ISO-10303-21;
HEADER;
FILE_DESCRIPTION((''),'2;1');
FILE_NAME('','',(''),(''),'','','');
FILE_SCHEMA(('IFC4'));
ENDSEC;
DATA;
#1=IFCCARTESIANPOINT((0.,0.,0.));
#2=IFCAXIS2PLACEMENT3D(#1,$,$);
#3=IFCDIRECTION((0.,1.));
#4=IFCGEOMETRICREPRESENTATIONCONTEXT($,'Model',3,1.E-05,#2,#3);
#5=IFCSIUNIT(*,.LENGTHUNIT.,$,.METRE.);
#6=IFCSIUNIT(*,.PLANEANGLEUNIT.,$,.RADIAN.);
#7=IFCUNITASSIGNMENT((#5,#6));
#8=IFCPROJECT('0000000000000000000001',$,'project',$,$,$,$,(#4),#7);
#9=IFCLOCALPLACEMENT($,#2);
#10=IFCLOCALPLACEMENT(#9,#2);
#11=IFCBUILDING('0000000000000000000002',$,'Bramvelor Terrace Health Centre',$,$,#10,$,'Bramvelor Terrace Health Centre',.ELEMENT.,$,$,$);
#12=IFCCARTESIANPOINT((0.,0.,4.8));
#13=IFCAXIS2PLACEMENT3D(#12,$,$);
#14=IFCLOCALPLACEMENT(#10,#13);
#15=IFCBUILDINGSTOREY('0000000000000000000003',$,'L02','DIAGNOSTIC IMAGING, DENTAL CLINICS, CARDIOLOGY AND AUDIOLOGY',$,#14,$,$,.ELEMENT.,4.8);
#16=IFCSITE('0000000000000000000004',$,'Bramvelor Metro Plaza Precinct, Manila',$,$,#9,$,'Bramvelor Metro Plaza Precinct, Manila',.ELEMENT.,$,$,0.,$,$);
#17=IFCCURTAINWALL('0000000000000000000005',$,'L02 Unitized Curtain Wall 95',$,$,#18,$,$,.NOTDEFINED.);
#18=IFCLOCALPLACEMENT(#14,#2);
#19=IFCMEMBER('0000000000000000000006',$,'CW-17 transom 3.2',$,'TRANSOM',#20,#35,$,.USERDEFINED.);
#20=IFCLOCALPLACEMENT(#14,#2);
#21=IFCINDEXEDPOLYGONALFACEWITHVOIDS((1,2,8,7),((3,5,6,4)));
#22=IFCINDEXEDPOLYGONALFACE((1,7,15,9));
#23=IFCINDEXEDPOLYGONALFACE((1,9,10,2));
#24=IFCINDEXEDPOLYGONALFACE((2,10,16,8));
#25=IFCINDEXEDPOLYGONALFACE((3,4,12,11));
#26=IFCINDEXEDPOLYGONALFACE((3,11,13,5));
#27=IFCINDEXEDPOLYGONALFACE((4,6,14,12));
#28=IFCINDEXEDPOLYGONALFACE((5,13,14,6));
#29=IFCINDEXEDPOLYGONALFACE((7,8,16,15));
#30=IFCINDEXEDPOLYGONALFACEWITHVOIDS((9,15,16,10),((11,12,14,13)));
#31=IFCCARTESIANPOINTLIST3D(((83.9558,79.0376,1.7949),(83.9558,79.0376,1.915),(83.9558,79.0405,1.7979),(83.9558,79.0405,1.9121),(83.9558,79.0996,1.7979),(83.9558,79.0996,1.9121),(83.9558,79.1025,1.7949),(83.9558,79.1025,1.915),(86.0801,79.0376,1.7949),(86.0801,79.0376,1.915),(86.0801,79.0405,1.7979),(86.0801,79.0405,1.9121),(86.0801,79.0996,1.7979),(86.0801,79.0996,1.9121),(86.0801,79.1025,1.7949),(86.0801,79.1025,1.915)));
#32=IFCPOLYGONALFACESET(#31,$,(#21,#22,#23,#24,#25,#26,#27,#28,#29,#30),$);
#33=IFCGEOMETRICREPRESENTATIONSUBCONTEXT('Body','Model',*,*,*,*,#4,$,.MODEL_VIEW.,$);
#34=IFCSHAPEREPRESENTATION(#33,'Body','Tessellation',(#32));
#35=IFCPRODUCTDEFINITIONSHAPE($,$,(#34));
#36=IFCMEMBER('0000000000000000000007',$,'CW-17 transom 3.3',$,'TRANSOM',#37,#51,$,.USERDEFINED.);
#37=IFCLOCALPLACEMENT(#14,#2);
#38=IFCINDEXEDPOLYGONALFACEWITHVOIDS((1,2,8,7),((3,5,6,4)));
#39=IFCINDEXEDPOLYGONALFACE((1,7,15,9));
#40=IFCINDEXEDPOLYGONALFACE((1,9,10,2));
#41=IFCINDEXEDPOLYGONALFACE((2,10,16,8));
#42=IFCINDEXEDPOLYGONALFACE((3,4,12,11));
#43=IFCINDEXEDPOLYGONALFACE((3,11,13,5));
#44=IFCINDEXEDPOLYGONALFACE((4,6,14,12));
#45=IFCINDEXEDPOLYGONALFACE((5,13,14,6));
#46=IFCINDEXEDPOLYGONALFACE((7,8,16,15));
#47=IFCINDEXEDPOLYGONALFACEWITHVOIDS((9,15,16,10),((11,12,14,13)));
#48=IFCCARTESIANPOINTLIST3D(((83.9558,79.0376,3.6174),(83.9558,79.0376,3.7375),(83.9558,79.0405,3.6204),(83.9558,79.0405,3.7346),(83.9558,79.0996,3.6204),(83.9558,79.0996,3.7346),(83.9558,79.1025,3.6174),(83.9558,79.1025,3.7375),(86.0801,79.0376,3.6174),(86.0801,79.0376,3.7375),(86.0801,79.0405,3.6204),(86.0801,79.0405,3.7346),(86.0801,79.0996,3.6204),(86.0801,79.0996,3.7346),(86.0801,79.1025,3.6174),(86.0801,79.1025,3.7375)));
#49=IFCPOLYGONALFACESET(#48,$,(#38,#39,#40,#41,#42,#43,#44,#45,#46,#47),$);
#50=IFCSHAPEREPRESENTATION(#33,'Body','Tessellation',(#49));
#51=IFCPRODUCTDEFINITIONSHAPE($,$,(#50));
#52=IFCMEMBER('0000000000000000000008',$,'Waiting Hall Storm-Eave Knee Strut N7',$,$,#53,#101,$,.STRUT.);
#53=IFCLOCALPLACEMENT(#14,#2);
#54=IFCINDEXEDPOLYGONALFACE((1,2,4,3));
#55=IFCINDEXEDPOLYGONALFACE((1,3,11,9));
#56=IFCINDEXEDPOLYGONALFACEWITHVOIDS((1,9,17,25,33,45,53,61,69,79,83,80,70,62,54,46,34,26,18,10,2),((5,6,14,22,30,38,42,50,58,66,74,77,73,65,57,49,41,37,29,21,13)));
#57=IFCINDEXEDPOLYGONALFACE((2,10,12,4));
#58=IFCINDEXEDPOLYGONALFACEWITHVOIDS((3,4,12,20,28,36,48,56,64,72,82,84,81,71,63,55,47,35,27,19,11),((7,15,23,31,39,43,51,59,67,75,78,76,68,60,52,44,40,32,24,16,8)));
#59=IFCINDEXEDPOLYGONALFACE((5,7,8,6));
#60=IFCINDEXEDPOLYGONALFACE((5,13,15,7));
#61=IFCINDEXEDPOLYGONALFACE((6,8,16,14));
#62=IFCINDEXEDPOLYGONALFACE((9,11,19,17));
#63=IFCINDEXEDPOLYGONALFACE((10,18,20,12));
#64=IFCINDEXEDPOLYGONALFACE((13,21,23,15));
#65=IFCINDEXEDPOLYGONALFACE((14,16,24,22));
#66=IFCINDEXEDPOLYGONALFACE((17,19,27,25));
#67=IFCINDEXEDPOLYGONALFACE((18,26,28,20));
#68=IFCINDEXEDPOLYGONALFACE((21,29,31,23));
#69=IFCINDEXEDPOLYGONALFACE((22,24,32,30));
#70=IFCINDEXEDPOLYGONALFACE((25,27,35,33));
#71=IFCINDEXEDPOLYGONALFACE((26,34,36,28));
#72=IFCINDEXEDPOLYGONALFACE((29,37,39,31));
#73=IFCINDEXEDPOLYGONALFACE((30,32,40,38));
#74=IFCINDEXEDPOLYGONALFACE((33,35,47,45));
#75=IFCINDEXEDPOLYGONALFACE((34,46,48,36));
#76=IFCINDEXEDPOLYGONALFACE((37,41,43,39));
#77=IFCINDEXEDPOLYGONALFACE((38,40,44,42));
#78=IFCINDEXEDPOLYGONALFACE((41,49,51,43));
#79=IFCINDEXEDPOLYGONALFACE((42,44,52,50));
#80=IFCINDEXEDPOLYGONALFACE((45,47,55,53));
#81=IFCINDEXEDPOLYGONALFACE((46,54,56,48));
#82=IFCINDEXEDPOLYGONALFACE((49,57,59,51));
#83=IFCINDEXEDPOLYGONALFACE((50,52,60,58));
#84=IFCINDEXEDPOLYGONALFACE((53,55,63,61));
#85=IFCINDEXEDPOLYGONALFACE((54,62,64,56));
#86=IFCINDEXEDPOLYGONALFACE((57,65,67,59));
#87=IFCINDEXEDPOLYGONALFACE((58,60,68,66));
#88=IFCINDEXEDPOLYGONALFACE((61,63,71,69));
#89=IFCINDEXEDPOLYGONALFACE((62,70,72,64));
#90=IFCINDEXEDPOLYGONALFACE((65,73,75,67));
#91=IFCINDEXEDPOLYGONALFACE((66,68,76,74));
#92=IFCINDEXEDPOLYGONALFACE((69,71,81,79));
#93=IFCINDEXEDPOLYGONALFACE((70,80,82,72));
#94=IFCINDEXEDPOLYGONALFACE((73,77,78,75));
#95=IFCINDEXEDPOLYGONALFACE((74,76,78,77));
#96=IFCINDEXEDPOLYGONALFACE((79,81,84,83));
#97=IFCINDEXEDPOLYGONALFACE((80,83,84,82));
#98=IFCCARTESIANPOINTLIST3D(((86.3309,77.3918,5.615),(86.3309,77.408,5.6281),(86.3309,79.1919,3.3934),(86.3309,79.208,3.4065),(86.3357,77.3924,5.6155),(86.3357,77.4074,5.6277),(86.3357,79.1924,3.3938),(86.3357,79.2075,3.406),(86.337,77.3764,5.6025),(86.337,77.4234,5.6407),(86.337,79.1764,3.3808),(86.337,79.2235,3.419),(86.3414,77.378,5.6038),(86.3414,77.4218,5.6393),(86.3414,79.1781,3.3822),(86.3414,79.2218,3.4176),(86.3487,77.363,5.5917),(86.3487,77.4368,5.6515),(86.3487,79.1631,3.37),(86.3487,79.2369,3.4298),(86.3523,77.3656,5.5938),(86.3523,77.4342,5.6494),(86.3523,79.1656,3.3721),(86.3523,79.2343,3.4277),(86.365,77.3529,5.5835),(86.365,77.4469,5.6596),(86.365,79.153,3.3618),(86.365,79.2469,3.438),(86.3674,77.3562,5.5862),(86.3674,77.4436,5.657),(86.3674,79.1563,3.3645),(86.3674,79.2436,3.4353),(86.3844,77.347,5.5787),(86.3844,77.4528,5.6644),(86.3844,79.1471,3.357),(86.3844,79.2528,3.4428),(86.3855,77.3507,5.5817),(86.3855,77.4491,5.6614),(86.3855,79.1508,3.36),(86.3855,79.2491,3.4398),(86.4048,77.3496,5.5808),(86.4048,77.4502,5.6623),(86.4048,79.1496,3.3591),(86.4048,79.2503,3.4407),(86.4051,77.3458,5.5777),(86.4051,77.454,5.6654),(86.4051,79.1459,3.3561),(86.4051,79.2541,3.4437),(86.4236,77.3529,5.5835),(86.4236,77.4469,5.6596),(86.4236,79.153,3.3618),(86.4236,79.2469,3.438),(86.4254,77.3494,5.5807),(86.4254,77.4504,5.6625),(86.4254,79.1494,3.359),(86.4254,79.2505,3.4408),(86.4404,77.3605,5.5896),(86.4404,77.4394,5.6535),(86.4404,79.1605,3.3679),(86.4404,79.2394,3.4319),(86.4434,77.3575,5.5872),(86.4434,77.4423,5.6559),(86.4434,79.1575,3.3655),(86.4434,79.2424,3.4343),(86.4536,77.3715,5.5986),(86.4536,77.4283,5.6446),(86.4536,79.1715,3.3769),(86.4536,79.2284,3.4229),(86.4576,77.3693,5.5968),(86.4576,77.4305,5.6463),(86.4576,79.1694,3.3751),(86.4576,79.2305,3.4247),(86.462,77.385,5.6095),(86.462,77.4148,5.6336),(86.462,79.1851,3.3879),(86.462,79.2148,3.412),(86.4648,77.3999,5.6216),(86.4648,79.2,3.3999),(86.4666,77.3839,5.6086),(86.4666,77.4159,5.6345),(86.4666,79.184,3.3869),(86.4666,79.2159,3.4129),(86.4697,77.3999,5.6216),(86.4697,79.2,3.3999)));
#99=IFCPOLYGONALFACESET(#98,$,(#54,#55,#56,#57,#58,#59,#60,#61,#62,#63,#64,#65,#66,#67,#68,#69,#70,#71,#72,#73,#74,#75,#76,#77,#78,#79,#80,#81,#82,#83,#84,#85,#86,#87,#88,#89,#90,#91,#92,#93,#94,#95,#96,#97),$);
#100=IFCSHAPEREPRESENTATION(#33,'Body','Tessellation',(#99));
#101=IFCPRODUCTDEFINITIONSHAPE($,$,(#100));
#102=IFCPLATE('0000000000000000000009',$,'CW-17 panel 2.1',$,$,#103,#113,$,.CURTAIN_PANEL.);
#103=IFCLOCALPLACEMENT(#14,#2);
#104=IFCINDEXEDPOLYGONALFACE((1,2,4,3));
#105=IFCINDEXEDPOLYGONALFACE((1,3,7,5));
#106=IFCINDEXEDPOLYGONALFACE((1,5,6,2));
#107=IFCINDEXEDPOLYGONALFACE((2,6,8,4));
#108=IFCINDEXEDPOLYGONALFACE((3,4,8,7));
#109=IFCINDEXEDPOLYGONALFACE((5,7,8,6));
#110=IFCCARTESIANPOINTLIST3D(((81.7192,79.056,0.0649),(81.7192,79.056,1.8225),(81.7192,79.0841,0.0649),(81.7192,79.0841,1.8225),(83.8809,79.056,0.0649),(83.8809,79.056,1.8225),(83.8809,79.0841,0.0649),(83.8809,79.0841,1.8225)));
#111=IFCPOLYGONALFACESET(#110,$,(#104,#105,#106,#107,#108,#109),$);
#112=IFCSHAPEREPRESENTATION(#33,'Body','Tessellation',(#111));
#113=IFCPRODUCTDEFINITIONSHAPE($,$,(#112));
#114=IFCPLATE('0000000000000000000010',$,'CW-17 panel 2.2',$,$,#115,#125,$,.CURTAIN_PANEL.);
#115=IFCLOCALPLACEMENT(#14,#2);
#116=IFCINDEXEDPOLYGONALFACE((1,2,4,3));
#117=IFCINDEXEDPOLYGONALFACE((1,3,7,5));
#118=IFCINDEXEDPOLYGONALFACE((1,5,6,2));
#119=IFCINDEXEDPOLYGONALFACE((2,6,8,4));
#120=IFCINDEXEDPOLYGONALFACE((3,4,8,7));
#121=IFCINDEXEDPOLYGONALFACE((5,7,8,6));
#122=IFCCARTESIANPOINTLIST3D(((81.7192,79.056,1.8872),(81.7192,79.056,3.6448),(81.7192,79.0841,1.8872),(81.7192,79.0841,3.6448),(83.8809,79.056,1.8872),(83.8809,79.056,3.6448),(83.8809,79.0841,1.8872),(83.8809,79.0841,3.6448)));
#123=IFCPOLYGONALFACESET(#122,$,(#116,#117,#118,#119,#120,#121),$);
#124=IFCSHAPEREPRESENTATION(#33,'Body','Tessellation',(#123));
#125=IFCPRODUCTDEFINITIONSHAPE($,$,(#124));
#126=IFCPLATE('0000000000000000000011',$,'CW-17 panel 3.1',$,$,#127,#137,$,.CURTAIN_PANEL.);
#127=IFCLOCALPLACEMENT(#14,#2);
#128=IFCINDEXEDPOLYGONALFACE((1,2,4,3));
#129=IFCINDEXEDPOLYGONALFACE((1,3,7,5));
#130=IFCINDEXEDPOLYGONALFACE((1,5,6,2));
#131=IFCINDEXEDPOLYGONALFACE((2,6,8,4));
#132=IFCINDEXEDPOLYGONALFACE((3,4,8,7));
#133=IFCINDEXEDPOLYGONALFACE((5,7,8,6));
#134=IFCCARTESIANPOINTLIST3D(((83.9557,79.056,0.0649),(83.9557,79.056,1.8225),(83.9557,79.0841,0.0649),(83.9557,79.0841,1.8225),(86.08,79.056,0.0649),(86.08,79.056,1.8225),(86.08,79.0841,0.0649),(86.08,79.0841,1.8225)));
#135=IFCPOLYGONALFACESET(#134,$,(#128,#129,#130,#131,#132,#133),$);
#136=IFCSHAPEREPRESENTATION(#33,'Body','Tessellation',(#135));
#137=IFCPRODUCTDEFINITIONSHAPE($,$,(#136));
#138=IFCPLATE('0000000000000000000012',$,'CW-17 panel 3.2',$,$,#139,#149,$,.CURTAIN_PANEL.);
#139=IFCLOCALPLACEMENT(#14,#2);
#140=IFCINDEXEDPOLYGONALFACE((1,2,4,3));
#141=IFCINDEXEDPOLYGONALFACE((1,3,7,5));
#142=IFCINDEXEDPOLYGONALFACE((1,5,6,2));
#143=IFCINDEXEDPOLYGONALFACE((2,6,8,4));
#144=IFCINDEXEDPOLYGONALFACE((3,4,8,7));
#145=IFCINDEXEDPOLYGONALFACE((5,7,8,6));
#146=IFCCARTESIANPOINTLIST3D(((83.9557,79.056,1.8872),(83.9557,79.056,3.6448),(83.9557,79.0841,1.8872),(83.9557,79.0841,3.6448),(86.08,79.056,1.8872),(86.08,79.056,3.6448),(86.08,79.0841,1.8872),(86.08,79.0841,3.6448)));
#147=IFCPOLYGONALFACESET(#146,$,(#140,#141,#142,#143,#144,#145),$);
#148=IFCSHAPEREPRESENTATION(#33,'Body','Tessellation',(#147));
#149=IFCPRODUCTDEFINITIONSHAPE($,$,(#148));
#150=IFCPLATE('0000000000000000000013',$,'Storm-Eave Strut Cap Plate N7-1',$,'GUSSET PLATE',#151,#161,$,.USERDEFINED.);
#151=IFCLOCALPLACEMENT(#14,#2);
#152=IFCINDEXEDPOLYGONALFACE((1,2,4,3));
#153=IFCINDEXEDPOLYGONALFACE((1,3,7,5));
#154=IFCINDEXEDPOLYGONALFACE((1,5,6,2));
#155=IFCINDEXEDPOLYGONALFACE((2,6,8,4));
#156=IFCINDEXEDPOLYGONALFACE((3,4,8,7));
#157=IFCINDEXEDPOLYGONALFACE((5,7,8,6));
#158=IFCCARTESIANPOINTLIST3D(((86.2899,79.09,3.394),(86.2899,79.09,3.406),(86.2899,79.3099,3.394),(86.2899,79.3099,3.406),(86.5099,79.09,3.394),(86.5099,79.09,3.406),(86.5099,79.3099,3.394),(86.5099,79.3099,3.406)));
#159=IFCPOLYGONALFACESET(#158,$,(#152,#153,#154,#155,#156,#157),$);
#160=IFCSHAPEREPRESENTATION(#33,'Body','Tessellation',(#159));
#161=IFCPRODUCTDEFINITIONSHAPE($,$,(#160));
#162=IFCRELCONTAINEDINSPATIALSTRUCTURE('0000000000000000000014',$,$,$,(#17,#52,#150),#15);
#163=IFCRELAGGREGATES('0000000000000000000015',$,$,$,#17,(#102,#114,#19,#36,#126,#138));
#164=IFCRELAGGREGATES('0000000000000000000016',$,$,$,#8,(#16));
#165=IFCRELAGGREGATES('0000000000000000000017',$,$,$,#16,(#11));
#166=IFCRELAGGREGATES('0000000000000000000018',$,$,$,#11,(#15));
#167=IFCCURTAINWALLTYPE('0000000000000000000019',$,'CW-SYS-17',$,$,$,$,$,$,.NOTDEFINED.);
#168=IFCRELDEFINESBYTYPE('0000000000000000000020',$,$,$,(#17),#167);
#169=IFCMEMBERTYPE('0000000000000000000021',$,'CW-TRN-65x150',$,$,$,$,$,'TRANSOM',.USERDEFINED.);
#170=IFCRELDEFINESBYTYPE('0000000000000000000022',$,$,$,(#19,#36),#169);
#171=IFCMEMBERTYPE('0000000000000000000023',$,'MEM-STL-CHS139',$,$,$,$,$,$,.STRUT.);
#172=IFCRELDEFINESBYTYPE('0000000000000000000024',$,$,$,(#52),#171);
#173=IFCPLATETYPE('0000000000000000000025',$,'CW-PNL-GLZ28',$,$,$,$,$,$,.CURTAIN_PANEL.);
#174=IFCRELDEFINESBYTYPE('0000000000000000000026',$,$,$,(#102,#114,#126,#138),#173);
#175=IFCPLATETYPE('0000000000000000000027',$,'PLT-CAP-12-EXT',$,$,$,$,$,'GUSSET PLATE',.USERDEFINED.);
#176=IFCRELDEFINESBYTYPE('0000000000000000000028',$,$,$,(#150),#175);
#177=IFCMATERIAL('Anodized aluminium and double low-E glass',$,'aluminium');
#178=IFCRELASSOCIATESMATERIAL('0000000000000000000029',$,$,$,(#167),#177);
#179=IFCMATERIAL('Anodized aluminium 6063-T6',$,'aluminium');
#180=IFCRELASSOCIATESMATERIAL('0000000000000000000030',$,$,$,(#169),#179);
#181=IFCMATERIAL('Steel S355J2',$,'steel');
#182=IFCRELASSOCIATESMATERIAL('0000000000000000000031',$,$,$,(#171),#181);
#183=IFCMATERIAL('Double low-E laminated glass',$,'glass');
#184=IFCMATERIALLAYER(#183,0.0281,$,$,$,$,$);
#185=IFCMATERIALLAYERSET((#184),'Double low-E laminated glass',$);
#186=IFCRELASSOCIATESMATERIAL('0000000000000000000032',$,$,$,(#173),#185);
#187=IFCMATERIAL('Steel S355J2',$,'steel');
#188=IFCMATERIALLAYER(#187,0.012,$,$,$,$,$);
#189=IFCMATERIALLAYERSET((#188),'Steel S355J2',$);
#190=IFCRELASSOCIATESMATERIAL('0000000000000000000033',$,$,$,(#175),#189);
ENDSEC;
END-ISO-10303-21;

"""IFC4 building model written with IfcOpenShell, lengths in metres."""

from ifc_helpers import new_model, si_unit, direction, frame, origin, origin_2d, place, context, subcontext, project, spatial, rectangle, hollow_rectangle, hollow_circle, extrude, material, layer, layer_set, material_profile, profile_set, type_object, element, aggregate, save


model = new_model("IFC4")

# Units and contexts
model_context = context("Model", 3, precision=1e-05, world=origin(), true_north=direction((0.0, 1.0)))
body_context = subcontext(model_context, "Body", "Model", "MODEL_VIEW")
ifc_project = project(units=[si_unit("LENGTHUNIT", "METRE"), si_unit("PLANEANGLEUNIT", "RADIAN")], contexts=[model_context])

# Site, building, storey
site_placement = place(None, origin())
site = spatial("IfcSite", under=ifc_project, at=site_placement, Name="Bramvelor Metro Plaza Precinct, Manila", LongName="Bramvelor Metro Plaza Precinct, Manila", CompositionType="ELEMENT", RefElevation=0.0)
building_placement = place(site_placement, origin())
building = spatial("IfcBuilding", under=site, at=building_placement, Name="Bramvelor Terrace Health Centre", LongName="Bramvelor Terrace Health Centre", CompositionType="ELEMENT")
storey_placement = place(building_placement, frame((0.0, 0.0, 4.8)))
storey = spatial("IfcBuildingStorey", under=building, at=storey_placement, Name="L02", Description="DIAGNOSTIC IMAGING, DENTAL CLINICS, CARDIOLOGY AND AUDIOLOGY", CompositionType="ELEMENT", Elevation=4.8)

# Curtain wall, members
ifc_material_1 = material(Name="Anodized aluminium and double low-E glass", Category="aluminium")
curtain_wall_type = type_object("IfcCurtainWallType", Name="CW-SYS-17", PredefinedType="NOTDEFINED", material=ifc_material_1)
curtain_wall_placement = place(storey_placement, origin())
curtain_wall = element("IfcCurtainWall", 1, at=curtain_wall_placement, inside=storey, type_object=curtain_wall_type, Name="L02 Unitized Curtain Wall 95", PredefinedType="NOTDEFINED")
ifc_material_2 = material(Name="Anodized aluminium 6063-T6", Category="aluminium")
ifc_material_profile_1 = material_profile(ifc_material_2, hollow_rectangle(XDim=0.0649, YDim=0.1201, WallThickness=0.0029, at=origin_2d()), Name="ALU-TRN 65x120x3.0")
ifc_profile_set_1 = profile_set([ifc_material_profile_1], Name="Anodized aluminium 6063-T6")
member_type_1 = type_object("IfcMemberType", Name="CW-TRN-65x150", ElementType="TRANSOM", PredefinedType="USERDEFINED", material=ifc_profile_set_1)
member_1_placement = place(storey_placement, frame((83.9558, 79.0701, 1.855), z_axis=(1.0, 0.0, 0.0), x_axis=(0.0, 1.0, 0.0)))
member_1 = element("IfcMember", 2, at=member_1_placement, type_object=member_type_1, Name="CW-17 transom 3.2", ObjectType="TRANSOM", PredefinedType="USERDEFINED", context=body_context, shape_type="SweptSolid", body=[
    extrude(hollow_rectangle(XDim=0.0649, YDim=0.1201, WallThickness=0.0029, at=origin_2d()), origin(), (0.0, 0.0, 1.0), 2.1243),
])
member_2_placement = place(storey_placement, frame((83.9558, 79.0701, 3.6775), z_axis=(1.0, 0.0, 0.0), x_axis=(0.0, 1.0, 0.0)))
member_2 = element("IfcMember", 3, at=member_2_placement, type_object=member_type_1, Name="CW-17 transom 3.3", ObjectType="TRANSOM", PredefinedType="USERDEFINED", context=body_context, shape_type="SweptSolid", body=[
    extrude(hollow_rectangle(XDim=0.0649, YDim=0.1201, WallThickness=0.0029, at=origin_2d()), origin(), (0.0, 0.0, 1.0), 2.1243),
])

# Member
ifc_material_3 = material(Name="Steel S355J2", Category="steel")
ifc_material_profile_2 = material_profile(ifc_material_3, hollow_circle(Radius=0.0698, WallThickness=0.0049, at=origin_2d()), Name="CHS 139.7x5.0")
ifc_profile_set_2 = profile_set([ifc_material_profile_2], Name="Steel S355J2")
member_type_2 = type_object("IfcMemberType", Name="MEM-STL-CHS139", PredefinedType="STRUT", material=ifc_profile_set_2)
member_3_placement = place(storey_placement, frame((86.3999, 79.2, 3.3999), z_axis=(0.0, -0.629525, 0.77698), x_axis=(1.0, 0.0, 0.0)))
element("IfcMember", 4, at=member_3_placement, inside=storey, type_object=member_type_2, Name="Waiting Hall Storm-Eave Knee Strut N7", PredefinedType="STRUT", context=body_context, shape_type="SweptSolid", body=[
    extrude(hollow_circle(Radius=0.0698, WallThickness=0.0049, at=origin_2d()), origin(), (0.0, 0.0, 1.0), 2.8594),
])

# Plates
ifc_material_4 = material(Name="Double low-E laminated glass", Category="glass")
ifc_layer_1 = layer(ifc_material_4, 0.0281)
ifc_layer_set_1 = layer_set([ifc_layer_1], Name="Double low-E laminated glass")
plate_type_1 = type_object("IfcPlateType", Name="CW-PNL-GLZ28", PredefinedType="CURTAIN_PANEL", material=ifc_layer_set_1)
plate_1_placement = place(storey_placement, frame((82.8, 79.0701, 0.0649), z_axis=(0.0, 0.0, 1.0), x_axis=(1.0, 0.0, 0.0)))
plate_1 = element("IfcPlate", 5, at=plate_1_placement, type_object=plate_type_1, Name="CW-17 panel 2.1", PredefinedType="CURTAIN_PANEL", context=body_context, shape_type="SweptSolid", body=[
    extrude(rectangle(XDim=2.1616, YDim=0.0281, at=origin_2d()), origin(), (0.0, 0.0, 1.0), 1.7576),
])
plate_2_placement = place(storey_placement, frame((82.8, 79.0701, 1.8872), z_axis=(0.0, 0.0, 1.0), x_axis=(1.0, 0.0, 0.0)))
plate_2 = element("IfcPlate", 6, at=plate_2_placement, type_object=plate_type_1, Name="CW-17 panel 2.2", PredefinedType="CURTAIN_PANEL", context=body_context, shape_type="SweptSolid", body=[
    extrude(rectangle(XDim=2.1616, YDim=0.0281, at=origin_2d()), origin(), (0.0, 0.0, 1.0), 1.7576),
])
plate_3_placement = place(storey_placement, frame((85.0178, 79.0701, 0.0649), z_axis=(0.0, 0.0, 1.0), x_axis=(1.0, 0.0, 0.0)))
plate_3 = element("IfcPlate", 7, at=plate_3_placement, type_object=plate_type_1, Name="CW-17 panel 3.1", PredefinedType="CURTAIN_PANEL", context=body_context, shape_type="SweptSolid", body=[
    extrude(rectangle(XDim=2.1243, YDim=0.0281, at=origin_2d()), origin(), (0.0, 0.0, 1.0), 1.7576),
])
plate_4_placement = place(storey_placement, frame((85.0178, 79.0701, 1.8872), z_axis=(0.0, 0.0, 1.0), x_axis=(1.0, 0.0, 0.0)))
plate_4 = element("IfcPlate", 8, at=plate_4_placement, type_object=plate_type_1, Name="CW-17 panel 3.2", PredefinedType="CURTAIN_PANEL", context=body_context, shape_type="SweptSolid", body=[
    extrude(rectangle(XDim=2.1243, YDim=0.0281, at=origin_2d()), origin(), (0.0, 0.0, 1.0), 1.7576),
])
aggregate(curtain_wall, [plate_1, plate_2, member_1, member_2, plate_3, plate_4])
ifc_material_5 = material(Name="Steel S355J2", Category="steel")
ifc_layer_2 = layer(ifc_material_5, 0.012)
ifc_layer_set_2 = layer_set([ifc_layer_2], Name="Steel S355J2")
plate_type_2 = type_object("IfcPlateType", Name="PLT-CAP-12-EXT", ElementType="GUSSET PLATE", PredefinedType="USERDEFINED", material=ifc_layer_set_2)
plate_5_placement = place(storey_placement, frame((86.3999, 79.2, 3.394), z_axis=(0.0, 0.0, 1.0), x_axis=(1.0, 0.0, 0.0)))
element("IfcPlate", 9, at=plate_5_placement, inside=storey, type_object=plate_type_2, Name="Storm-Eave Strut Cap Plate N7-1", ObjectType="GUSSET PLATE", PredefinedType="USERDEFINED", context=body_context, shape_type="SweptSolid", body=[
    extrude(rectangle(XDim=0.22, YDim=0.22, at=origin_2d()), origin(), (0.0, 0.0, 1.0), 0.012),
])

save(model, "model.ifc")
